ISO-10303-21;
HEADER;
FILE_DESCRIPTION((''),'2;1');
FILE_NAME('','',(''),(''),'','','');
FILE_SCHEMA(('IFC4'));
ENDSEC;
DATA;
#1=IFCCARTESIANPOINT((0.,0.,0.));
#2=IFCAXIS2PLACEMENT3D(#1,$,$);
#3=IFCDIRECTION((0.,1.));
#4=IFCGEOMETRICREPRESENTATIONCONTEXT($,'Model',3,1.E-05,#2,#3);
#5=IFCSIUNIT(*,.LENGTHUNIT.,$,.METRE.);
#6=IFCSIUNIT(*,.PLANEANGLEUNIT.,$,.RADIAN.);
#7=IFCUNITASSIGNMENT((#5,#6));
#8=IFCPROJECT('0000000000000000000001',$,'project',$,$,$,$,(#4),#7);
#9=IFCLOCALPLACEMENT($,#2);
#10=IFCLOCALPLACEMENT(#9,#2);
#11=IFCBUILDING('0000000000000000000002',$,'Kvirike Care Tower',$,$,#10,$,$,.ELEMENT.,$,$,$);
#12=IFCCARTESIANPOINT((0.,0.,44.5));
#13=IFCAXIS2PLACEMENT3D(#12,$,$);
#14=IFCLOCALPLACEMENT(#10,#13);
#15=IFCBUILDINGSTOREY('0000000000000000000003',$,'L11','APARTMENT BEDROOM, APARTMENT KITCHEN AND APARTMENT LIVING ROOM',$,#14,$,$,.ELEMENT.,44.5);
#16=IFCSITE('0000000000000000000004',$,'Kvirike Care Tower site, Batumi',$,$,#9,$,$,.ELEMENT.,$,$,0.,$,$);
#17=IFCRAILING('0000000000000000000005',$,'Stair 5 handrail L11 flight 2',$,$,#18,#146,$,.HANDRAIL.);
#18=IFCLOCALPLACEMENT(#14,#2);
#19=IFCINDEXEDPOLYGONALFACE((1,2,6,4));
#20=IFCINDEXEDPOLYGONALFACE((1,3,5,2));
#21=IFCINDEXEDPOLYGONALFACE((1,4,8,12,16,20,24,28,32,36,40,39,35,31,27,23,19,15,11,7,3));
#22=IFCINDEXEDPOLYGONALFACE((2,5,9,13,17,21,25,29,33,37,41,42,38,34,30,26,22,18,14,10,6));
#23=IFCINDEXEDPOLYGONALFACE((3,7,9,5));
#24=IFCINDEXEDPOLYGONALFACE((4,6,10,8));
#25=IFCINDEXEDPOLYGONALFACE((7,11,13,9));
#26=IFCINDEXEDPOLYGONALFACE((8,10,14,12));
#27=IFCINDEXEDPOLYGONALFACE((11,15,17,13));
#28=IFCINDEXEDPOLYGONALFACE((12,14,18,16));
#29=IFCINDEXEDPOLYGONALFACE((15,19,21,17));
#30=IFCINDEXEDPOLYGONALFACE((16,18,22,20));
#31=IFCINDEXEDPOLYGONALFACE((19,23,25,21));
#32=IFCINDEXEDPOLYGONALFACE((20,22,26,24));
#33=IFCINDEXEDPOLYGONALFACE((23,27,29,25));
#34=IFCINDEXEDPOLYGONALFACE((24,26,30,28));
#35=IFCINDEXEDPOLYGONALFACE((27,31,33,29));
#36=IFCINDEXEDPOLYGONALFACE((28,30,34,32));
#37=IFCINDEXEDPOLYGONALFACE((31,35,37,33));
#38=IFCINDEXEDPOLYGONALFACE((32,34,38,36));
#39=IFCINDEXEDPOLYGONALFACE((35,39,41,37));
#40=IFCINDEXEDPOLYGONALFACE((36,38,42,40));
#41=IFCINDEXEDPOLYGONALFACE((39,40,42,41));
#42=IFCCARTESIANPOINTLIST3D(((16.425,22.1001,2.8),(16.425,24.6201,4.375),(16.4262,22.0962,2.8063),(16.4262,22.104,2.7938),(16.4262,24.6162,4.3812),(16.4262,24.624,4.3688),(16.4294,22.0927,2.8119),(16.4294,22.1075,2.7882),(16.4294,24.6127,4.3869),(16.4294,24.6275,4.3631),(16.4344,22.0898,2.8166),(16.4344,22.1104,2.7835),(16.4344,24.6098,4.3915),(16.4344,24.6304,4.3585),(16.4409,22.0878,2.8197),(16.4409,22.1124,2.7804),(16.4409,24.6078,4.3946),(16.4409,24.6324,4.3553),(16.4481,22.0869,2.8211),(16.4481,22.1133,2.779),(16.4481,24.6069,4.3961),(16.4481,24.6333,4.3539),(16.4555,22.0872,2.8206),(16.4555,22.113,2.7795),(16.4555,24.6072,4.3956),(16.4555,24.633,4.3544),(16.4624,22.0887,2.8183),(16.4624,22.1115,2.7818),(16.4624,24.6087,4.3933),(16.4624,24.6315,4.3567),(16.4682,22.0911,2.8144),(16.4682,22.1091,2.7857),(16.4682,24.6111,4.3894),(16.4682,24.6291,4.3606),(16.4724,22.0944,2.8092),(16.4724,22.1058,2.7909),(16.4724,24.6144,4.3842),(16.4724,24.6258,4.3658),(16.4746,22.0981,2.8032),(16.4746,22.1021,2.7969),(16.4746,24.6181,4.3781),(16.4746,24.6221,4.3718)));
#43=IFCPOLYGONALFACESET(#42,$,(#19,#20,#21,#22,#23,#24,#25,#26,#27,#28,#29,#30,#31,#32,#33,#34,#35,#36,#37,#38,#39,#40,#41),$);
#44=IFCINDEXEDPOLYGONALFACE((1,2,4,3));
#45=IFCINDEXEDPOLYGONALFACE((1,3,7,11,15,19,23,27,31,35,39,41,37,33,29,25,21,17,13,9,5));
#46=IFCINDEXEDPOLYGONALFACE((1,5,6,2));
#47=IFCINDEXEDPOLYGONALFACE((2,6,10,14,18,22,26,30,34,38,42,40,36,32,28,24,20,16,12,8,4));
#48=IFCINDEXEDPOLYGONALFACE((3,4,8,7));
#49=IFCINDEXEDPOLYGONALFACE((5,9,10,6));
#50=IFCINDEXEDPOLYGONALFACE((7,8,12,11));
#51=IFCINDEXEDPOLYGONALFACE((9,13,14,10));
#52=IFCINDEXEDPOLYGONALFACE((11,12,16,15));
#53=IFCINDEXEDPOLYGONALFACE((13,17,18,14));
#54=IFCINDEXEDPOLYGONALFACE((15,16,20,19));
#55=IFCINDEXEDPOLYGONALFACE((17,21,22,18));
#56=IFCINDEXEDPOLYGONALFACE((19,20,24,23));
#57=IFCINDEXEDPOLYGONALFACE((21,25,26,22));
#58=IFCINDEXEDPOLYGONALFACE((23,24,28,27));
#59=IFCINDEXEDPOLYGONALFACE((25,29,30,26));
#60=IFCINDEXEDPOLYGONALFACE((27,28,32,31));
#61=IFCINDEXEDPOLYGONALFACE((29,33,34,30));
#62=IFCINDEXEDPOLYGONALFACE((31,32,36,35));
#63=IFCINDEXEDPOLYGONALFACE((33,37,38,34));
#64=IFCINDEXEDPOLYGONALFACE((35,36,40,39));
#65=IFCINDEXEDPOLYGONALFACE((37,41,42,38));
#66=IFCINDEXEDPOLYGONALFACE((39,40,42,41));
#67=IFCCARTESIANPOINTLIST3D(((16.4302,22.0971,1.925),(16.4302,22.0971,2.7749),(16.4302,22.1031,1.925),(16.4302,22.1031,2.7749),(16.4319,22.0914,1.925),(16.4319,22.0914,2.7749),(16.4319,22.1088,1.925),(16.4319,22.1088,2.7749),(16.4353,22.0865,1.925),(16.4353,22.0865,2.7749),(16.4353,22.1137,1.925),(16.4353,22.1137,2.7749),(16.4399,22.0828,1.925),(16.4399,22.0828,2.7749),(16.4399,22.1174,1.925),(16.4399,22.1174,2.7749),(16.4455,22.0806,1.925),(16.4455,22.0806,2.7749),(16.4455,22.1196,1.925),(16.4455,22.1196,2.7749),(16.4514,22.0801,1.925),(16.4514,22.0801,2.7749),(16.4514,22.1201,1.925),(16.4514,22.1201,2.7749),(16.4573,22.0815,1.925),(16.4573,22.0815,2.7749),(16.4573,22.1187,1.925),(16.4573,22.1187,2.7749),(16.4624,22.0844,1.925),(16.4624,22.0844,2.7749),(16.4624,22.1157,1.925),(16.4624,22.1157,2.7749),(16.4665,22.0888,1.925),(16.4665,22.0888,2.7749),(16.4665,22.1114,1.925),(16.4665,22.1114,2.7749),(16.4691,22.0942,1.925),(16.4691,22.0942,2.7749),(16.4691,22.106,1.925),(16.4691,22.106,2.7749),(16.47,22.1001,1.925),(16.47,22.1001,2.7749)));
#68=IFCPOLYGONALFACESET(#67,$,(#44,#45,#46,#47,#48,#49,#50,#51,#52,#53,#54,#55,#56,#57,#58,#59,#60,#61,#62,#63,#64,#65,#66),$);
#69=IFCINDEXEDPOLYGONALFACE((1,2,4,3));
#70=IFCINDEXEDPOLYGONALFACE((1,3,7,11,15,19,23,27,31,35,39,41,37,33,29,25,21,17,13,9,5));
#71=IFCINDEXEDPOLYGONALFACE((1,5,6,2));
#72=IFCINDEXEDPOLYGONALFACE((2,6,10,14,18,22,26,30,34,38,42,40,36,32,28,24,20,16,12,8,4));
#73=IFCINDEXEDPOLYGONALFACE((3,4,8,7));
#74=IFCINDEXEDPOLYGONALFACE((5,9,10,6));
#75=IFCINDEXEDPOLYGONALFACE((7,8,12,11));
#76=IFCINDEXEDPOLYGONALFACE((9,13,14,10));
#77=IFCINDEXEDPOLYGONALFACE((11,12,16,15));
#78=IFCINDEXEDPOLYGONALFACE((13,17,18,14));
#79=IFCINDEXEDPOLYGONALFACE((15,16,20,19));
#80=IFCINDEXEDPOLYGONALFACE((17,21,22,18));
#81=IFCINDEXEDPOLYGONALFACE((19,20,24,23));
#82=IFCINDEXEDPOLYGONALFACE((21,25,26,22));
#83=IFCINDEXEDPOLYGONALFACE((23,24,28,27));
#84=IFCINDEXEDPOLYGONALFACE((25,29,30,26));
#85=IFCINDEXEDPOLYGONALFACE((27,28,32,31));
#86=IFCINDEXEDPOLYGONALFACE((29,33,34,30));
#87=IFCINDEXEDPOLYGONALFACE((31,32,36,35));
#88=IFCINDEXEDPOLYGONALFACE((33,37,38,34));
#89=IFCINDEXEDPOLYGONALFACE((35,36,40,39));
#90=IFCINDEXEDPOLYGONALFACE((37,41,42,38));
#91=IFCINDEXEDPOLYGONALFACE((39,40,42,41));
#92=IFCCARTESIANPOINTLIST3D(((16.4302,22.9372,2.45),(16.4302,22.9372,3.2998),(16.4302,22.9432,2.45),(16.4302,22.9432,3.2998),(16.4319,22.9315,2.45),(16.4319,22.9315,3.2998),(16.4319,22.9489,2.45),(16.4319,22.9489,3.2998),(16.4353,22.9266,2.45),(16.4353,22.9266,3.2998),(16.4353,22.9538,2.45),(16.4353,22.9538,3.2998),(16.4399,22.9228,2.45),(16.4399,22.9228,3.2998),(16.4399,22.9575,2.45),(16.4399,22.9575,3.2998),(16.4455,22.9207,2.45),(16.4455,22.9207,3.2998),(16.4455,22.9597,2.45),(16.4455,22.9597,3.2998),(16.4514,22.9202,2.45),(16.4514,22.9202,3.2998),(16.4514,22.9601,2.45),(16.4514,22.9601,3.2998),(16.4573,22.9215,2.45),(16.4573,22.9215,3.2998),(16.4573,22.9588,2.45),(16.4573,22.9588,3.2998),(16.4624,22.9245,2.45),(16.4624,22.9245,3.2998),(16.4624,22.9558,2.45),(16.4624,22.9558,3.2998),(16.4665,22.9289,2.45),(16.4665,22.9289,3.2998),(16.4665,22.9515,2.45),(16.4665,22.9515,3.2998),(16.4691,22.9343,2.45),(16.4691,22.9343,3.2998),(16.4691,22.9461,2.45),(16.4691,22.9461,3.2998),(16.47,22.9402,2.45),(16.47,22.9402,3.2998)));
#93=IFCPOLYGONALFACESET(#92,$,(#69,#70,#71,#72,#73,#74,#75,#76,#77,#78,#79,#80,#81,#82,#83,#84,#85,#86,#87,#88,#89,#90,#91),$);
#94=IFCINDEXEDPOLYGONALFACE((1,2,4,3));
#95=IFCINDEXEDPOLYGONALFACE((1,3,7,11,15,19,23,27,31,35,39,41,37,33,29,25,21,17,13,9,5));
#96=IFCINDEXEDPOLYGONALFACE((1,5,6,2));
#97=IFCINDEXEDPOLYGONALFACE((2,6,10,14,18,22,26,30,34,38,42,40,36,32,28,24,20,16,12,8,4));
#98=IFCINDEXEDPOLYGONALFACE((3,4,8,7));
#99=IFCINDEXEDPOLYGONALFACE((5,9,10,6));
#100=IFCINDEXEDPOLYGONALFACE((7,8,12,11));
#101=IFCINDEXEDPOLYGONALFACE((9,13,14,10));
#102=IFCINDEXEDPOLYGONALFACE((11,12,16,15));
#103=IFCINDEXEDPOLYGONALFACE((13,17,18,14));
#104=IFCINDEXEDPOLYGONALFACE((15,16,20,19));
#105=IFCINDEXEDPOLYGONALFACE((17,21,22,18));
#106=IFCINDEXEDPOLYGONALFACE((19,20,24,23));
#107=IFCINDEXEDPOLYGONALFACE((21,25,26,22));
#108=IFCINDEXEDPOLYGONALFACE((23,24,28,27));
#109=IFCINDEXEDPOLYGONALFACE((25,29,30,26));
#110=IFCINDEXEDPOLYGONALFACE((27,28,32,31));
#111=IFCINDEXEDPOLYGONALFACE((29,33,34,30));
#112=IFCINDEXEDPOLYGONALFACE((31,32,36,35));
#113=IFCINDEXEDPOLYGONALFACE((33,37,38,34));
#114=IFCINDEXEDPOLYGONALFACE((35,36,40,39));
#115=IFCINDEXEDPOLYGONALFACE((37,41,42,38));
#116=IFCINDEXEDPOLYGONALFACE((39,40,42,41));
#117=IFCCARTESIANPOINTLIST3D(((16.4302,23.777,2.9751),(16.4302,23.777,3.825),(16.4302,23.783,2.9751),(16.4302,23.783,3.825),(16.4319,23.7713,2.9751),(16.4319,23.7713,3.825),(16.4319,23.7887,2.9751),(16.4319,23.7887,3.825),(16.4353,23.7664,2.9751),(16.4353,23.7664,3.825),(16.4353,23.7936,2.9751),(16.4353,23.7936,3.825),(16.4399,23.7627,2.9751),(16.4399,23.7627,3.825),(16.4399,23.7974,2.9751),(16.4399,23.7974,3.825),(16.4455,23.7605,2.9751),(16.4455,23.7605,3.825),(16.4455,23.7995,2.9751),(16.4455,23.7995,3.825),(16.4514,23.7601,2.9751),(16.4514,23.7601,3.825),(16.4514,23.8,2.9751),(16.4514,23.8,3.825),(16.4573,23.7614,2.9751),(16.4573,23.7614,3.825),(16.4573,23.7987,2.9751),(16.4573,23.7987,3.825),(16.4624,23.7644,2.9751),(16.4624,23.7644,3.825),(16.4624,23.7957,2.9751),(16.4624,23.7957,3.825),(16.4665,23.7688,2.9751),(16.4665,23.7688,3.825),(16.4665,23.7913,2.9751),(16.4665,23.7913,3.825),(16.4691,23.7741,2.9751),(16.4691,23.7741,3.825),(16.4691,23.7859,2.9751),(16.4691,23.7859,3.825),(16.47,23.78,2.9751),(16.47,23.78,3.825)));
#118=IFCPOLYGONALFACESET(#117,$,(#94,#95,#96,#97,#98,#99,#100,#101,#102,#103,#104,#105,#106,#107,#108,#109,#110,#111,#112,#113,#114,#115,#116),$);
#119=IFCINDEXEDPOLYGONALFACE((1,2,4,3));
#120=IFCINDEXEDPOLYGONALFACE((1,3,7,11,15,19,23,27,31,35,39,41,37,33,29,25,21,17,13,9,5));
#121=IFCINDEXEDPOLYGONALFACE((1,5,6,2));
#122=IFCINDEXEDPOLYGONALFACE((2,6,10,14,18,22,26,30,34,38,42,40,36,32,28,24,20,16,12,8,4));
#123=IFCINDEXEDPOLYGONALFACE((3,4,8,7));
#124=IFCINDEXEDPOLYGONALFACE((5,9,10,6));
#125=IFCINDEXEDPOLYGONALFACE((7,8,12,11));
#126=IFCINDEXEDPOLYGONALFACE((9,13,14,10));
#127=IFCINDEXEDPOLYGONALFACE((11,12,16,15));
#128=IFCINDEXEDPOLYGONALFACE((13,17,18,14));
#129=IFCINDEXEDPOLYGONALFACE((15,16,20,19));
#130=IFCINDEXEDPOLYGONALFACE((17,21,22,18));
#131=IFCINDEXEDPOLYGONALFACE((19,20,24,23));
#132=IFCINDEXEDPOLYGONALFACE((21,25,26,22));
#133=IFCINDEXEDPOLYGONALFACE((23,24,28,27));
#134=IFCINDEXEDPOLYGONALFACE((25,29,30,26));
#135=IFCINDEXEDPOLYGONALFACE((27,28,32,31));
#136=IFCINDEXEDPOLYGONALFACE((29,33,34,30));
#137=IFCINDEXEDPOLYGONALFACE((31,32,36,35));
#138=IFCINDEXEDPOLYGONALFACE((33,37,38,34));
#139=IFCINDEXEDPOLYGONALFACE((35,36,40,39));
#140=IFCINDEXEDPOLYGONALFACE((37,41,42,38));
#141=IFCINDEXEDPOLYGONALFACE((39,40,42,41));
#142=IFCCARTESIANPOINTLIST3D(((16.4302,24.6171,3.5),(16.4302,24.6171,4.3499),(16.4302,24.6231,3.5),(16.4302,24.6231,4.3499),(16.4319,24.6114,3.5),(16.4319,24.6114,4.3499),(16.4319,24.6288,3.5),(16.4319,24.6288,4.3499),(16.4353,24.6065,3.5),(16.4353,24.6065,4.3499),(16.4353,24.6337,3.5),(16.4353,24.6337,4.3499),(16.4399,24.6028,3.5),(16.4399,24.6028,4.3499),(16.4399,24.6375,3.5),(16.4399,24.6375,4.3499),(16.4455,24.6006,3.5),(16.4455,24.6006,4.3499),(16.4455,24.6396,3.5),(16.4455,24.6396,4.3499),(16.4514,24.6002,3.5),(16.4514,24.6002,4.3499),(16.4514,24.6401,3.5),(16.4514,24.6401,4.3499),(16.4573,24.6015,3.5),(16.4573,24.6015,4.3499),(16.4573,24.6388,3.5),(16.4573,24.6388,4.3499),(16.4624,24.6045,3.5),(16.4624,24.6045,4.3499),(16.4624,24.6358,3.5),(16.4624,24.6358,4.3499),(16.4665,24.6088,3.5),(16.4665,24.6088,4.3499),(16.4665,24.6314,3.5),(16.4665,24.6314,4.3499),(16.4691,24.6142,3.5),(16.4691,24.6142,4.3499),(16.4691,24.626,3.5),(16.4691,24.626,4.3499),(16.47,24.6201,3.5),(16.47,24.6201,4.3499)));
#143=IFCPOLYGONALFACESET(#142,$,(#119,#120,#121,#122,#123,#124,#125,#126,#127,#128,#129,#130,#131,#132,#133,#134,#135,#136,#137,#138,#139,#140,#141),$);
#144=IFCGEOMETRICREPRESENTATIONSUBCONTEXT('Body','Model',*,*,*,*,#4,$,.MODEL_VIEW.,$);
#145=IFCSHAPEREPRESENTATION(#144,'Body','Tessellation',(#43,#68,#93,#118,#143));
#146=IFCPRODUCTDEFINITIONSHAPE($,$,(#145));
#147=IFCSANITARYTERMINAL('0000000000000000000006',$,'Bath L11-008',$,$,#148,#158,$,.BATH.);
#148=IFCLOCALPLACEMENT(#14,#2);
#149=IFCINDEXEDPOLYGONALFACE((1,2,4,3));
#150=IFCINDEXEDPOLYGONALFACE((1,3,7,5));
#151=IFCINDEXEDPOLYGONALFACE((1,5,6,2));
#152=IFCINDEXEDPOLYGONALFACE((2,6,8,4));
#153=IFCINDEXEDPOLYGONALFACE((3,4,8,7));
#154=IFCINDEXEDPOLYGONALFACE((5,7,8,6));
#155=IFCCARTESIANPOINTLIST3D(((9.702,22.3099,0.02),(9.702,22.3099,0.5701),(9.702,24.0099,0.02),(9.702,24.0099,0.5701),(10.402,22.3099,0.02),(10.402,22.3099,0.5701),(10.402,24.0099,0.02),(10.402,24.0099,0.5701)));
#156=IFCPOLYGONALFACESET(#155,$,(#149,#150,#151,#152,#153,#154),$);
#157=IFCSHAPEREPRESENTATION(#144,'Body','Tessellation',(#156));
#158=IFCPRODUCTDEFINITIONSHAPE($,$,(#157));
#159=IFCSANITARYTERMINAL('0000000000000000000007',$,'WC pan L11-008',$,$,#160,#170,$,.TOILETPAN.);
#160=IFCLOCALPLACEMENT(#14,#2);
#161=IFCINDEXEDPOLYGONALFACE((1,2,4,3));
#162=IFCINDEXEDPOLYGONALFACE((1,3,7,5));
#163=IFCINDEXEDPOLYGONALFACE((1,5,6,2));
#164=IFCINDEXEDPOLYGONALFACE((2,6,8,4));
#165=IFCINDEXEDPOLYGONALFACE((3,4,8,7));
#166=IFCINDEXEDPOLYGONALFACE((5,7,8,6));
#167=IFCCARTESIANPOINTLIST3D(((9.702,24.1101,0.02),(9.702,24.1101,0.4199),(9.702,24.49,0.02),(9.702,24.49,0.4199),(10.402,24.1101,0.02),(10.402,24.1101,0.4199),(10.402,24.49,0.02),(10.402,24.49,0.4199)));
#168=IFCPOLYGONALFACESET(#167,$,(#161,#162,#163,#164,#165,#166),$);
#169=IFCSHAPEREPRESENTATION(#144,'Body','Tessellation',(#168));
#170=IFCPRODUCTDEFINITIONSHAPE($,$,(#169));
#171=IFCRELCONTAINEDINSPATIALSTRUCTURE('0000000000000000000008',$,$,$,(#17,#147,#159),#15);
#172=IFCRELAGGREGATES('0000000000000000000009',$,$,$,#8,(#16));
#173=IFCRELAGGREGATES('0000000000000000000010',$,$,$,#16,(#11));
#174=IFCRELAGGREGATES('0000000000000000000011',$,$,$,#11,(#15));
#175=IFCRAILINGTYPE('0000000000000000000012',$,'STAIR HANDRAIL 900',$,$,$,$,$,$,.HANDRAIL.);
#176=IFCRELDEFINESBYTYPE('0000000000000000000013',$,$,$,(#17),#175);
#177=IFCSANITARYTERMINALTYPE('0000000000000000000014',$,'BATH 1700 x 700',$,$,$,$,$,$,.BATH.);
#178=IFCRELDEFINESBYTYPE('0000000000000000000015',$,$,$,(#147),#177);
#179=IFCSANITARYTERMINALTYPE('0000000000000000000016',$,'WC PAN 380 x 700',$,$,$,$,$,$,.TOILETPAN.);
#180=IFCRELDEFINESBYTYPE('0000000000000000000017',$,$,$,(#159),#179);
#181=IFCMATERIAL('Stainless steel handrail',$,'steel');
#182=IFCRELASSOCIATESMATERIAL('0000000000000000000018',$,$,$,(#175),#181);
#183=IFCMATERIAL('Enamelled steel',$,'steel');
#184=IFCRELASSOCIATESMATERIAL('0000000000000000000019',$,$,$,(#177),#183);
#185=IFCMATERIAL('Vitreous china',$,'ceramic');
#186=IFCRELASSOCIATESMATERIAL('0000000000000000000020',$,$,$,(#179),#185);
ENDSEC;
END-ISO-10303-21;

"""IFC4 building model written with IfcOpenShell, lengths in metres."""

from ifc_helpers import new_model, si_unit, direction, frame, origin, origin_2d, place, context, subcontext, project, spatial, rectangle, circle, extrude, material, type_object, element, save


model = new_model("IFC4")

# Units and contexts
model_context = context("Model", 3, precision=1e-05, world=origin(), true_north=direction((0.0, 1.0)))
body_context = subcontext(model_context, "Body", "Model", "MODEL_VIEW")
ifc_project = project(units=[si_unit("LENGTHUNIT", "METRE"), si_unit("PLANEANGLEUNIT", "RADIAN")], contexts=[model_context])

# Site, building, storey
site_placement = place(None, origin())
site = spatial("IfcSite", under=ifc_project, at=site_placement, Name="Kvirike Care Tower site, Batumi", CompositionType="ELEMENT", RefElevation=0.0)
building_placement = place(site_placement, origin())
building = spatial("IfcBuilding", under=site, at=building_placement, Name="Kvirike Care Tower", CompositionType="ELEMENT")
storey_placement = place(building_placement, frame((0.0, 0.0, 44.5)))
storey = spatial("IfcBuildingStorey", under=building, at=storey_placement, Name="L11", Description="APARTMENT BEDROOM, APARTMENT KITCHEN AND APARTMENT LIVING ROOM", CompositionType="ELEMENT", Elevation=44.5)

# Railing
ifc_material_1 = material(Name="Stainless steel handrail", Category="steel")
railing_type = type_object("IfcRailingType", Name="STAIR HANDRAIL 900", PredefinedType="HANDRAIL", material=ifc_material_1)
railing_placement = place(storey_placement, frame((16.45, 22.1001, 1.925)))
element("IfcRailing", 1, at=railing_placement, inside=storey, type_object=railing_type, Name="Stair 5 handrail L11 flight 2", PredefinedType="HANDRAIL", context=body_context, shape_type="SweptSolid", body=[
    extrude(circle(Radius=0.0249, at=origin_2d()), frame((0.0, 0.0, 0.875), z_axis=(0.0, 0.848008, 0.529984), x_axis=(-1.0, 0.0, 0.0)), (0.0, 0.0, 1.0), 2.9717),
    extrude(circle(Radius=0.02, at=origin_2d()), origin(), (0.0, 0.0, 1.0), 0.8499),
    extrude(circle(Radius=0.02, at=origin_2d()), frame((0.0, 0.8401, 0.5249)), (0.0, 0.0, 1.0), 0.8499),
    extrude(circle(Radius=0.02, at=origin_2d()), frame((0.0, 1.6799, 1.05)), (0.0, 0.0, 1.0), 0.8499),
    extrude(circle(Radius=0.02, at=origin_2d()), frame((0.0, 2.52, 1.575)), (0.0, 0.0, 1.0), 0.8499),
])

# Sanitary terminals
ifc_material_2 = material(Name="Enamelled steel", Category="steel")
sanitary_terminal_type_1 = type_object("IfcSanitaryTerminalType", Name="BATH 1700 x 700", PredefinedType="BATH", material=ifc_material_2)
sanitary_terminal_1_placement = place(storey_placement, frame((10.052, 23.1599, 0.02), z_axis=(0.0, 0.0, 1.0), x_axis=(0.0, 1.0, 0.0)))
element("IfcSanitaryTerminal", 2, at=sanitary_terminal_1_placement, inside=storey, type_object=sanitary_terminal_type_1, Name="Bath L11-008", PredefinedType="BATH", context=body_context, shape_type="SweptSolid", body=[
    extrude(rectangle(XDim=1.7, YDim=0.7, at=origin_2d()), origin(), (0.0, 0.0, 1.0), 0.55),
])
ifc_material_3 = material(Name="Vitreous china", Category="ceramic")
sanitary_terminal_type_2 = type_object("IfcSanitaryTerminalType", Name="WC PAN 380 x 700", PredefinedType="TOILETPAN", material=ifc_material_3)
sanitary_terminal_2_placement = place(storey_placement, frame((10.052, 24.3, 0.02), z_axis=(0.0, 0.0, 1.0), x_axis=(0.0, 1.0, 0.0)))
element("IfcSanitaryTerminal", 3, at=sanitary_terminal_2_placement, inside=storey, type_object=sanitary_terminal_type_2, Name="WC pan L11-008", PredefinedType="TOILETPAN", context=body_context, shape_type="SweptSolid", body=[
    extrude(rectangle(XDim=0.3799, YDim=0.7, at=origin_2d()), origin(), (0.0, 0.0, 1.0), 0.3999),
])

save(model, "model.ifc")
